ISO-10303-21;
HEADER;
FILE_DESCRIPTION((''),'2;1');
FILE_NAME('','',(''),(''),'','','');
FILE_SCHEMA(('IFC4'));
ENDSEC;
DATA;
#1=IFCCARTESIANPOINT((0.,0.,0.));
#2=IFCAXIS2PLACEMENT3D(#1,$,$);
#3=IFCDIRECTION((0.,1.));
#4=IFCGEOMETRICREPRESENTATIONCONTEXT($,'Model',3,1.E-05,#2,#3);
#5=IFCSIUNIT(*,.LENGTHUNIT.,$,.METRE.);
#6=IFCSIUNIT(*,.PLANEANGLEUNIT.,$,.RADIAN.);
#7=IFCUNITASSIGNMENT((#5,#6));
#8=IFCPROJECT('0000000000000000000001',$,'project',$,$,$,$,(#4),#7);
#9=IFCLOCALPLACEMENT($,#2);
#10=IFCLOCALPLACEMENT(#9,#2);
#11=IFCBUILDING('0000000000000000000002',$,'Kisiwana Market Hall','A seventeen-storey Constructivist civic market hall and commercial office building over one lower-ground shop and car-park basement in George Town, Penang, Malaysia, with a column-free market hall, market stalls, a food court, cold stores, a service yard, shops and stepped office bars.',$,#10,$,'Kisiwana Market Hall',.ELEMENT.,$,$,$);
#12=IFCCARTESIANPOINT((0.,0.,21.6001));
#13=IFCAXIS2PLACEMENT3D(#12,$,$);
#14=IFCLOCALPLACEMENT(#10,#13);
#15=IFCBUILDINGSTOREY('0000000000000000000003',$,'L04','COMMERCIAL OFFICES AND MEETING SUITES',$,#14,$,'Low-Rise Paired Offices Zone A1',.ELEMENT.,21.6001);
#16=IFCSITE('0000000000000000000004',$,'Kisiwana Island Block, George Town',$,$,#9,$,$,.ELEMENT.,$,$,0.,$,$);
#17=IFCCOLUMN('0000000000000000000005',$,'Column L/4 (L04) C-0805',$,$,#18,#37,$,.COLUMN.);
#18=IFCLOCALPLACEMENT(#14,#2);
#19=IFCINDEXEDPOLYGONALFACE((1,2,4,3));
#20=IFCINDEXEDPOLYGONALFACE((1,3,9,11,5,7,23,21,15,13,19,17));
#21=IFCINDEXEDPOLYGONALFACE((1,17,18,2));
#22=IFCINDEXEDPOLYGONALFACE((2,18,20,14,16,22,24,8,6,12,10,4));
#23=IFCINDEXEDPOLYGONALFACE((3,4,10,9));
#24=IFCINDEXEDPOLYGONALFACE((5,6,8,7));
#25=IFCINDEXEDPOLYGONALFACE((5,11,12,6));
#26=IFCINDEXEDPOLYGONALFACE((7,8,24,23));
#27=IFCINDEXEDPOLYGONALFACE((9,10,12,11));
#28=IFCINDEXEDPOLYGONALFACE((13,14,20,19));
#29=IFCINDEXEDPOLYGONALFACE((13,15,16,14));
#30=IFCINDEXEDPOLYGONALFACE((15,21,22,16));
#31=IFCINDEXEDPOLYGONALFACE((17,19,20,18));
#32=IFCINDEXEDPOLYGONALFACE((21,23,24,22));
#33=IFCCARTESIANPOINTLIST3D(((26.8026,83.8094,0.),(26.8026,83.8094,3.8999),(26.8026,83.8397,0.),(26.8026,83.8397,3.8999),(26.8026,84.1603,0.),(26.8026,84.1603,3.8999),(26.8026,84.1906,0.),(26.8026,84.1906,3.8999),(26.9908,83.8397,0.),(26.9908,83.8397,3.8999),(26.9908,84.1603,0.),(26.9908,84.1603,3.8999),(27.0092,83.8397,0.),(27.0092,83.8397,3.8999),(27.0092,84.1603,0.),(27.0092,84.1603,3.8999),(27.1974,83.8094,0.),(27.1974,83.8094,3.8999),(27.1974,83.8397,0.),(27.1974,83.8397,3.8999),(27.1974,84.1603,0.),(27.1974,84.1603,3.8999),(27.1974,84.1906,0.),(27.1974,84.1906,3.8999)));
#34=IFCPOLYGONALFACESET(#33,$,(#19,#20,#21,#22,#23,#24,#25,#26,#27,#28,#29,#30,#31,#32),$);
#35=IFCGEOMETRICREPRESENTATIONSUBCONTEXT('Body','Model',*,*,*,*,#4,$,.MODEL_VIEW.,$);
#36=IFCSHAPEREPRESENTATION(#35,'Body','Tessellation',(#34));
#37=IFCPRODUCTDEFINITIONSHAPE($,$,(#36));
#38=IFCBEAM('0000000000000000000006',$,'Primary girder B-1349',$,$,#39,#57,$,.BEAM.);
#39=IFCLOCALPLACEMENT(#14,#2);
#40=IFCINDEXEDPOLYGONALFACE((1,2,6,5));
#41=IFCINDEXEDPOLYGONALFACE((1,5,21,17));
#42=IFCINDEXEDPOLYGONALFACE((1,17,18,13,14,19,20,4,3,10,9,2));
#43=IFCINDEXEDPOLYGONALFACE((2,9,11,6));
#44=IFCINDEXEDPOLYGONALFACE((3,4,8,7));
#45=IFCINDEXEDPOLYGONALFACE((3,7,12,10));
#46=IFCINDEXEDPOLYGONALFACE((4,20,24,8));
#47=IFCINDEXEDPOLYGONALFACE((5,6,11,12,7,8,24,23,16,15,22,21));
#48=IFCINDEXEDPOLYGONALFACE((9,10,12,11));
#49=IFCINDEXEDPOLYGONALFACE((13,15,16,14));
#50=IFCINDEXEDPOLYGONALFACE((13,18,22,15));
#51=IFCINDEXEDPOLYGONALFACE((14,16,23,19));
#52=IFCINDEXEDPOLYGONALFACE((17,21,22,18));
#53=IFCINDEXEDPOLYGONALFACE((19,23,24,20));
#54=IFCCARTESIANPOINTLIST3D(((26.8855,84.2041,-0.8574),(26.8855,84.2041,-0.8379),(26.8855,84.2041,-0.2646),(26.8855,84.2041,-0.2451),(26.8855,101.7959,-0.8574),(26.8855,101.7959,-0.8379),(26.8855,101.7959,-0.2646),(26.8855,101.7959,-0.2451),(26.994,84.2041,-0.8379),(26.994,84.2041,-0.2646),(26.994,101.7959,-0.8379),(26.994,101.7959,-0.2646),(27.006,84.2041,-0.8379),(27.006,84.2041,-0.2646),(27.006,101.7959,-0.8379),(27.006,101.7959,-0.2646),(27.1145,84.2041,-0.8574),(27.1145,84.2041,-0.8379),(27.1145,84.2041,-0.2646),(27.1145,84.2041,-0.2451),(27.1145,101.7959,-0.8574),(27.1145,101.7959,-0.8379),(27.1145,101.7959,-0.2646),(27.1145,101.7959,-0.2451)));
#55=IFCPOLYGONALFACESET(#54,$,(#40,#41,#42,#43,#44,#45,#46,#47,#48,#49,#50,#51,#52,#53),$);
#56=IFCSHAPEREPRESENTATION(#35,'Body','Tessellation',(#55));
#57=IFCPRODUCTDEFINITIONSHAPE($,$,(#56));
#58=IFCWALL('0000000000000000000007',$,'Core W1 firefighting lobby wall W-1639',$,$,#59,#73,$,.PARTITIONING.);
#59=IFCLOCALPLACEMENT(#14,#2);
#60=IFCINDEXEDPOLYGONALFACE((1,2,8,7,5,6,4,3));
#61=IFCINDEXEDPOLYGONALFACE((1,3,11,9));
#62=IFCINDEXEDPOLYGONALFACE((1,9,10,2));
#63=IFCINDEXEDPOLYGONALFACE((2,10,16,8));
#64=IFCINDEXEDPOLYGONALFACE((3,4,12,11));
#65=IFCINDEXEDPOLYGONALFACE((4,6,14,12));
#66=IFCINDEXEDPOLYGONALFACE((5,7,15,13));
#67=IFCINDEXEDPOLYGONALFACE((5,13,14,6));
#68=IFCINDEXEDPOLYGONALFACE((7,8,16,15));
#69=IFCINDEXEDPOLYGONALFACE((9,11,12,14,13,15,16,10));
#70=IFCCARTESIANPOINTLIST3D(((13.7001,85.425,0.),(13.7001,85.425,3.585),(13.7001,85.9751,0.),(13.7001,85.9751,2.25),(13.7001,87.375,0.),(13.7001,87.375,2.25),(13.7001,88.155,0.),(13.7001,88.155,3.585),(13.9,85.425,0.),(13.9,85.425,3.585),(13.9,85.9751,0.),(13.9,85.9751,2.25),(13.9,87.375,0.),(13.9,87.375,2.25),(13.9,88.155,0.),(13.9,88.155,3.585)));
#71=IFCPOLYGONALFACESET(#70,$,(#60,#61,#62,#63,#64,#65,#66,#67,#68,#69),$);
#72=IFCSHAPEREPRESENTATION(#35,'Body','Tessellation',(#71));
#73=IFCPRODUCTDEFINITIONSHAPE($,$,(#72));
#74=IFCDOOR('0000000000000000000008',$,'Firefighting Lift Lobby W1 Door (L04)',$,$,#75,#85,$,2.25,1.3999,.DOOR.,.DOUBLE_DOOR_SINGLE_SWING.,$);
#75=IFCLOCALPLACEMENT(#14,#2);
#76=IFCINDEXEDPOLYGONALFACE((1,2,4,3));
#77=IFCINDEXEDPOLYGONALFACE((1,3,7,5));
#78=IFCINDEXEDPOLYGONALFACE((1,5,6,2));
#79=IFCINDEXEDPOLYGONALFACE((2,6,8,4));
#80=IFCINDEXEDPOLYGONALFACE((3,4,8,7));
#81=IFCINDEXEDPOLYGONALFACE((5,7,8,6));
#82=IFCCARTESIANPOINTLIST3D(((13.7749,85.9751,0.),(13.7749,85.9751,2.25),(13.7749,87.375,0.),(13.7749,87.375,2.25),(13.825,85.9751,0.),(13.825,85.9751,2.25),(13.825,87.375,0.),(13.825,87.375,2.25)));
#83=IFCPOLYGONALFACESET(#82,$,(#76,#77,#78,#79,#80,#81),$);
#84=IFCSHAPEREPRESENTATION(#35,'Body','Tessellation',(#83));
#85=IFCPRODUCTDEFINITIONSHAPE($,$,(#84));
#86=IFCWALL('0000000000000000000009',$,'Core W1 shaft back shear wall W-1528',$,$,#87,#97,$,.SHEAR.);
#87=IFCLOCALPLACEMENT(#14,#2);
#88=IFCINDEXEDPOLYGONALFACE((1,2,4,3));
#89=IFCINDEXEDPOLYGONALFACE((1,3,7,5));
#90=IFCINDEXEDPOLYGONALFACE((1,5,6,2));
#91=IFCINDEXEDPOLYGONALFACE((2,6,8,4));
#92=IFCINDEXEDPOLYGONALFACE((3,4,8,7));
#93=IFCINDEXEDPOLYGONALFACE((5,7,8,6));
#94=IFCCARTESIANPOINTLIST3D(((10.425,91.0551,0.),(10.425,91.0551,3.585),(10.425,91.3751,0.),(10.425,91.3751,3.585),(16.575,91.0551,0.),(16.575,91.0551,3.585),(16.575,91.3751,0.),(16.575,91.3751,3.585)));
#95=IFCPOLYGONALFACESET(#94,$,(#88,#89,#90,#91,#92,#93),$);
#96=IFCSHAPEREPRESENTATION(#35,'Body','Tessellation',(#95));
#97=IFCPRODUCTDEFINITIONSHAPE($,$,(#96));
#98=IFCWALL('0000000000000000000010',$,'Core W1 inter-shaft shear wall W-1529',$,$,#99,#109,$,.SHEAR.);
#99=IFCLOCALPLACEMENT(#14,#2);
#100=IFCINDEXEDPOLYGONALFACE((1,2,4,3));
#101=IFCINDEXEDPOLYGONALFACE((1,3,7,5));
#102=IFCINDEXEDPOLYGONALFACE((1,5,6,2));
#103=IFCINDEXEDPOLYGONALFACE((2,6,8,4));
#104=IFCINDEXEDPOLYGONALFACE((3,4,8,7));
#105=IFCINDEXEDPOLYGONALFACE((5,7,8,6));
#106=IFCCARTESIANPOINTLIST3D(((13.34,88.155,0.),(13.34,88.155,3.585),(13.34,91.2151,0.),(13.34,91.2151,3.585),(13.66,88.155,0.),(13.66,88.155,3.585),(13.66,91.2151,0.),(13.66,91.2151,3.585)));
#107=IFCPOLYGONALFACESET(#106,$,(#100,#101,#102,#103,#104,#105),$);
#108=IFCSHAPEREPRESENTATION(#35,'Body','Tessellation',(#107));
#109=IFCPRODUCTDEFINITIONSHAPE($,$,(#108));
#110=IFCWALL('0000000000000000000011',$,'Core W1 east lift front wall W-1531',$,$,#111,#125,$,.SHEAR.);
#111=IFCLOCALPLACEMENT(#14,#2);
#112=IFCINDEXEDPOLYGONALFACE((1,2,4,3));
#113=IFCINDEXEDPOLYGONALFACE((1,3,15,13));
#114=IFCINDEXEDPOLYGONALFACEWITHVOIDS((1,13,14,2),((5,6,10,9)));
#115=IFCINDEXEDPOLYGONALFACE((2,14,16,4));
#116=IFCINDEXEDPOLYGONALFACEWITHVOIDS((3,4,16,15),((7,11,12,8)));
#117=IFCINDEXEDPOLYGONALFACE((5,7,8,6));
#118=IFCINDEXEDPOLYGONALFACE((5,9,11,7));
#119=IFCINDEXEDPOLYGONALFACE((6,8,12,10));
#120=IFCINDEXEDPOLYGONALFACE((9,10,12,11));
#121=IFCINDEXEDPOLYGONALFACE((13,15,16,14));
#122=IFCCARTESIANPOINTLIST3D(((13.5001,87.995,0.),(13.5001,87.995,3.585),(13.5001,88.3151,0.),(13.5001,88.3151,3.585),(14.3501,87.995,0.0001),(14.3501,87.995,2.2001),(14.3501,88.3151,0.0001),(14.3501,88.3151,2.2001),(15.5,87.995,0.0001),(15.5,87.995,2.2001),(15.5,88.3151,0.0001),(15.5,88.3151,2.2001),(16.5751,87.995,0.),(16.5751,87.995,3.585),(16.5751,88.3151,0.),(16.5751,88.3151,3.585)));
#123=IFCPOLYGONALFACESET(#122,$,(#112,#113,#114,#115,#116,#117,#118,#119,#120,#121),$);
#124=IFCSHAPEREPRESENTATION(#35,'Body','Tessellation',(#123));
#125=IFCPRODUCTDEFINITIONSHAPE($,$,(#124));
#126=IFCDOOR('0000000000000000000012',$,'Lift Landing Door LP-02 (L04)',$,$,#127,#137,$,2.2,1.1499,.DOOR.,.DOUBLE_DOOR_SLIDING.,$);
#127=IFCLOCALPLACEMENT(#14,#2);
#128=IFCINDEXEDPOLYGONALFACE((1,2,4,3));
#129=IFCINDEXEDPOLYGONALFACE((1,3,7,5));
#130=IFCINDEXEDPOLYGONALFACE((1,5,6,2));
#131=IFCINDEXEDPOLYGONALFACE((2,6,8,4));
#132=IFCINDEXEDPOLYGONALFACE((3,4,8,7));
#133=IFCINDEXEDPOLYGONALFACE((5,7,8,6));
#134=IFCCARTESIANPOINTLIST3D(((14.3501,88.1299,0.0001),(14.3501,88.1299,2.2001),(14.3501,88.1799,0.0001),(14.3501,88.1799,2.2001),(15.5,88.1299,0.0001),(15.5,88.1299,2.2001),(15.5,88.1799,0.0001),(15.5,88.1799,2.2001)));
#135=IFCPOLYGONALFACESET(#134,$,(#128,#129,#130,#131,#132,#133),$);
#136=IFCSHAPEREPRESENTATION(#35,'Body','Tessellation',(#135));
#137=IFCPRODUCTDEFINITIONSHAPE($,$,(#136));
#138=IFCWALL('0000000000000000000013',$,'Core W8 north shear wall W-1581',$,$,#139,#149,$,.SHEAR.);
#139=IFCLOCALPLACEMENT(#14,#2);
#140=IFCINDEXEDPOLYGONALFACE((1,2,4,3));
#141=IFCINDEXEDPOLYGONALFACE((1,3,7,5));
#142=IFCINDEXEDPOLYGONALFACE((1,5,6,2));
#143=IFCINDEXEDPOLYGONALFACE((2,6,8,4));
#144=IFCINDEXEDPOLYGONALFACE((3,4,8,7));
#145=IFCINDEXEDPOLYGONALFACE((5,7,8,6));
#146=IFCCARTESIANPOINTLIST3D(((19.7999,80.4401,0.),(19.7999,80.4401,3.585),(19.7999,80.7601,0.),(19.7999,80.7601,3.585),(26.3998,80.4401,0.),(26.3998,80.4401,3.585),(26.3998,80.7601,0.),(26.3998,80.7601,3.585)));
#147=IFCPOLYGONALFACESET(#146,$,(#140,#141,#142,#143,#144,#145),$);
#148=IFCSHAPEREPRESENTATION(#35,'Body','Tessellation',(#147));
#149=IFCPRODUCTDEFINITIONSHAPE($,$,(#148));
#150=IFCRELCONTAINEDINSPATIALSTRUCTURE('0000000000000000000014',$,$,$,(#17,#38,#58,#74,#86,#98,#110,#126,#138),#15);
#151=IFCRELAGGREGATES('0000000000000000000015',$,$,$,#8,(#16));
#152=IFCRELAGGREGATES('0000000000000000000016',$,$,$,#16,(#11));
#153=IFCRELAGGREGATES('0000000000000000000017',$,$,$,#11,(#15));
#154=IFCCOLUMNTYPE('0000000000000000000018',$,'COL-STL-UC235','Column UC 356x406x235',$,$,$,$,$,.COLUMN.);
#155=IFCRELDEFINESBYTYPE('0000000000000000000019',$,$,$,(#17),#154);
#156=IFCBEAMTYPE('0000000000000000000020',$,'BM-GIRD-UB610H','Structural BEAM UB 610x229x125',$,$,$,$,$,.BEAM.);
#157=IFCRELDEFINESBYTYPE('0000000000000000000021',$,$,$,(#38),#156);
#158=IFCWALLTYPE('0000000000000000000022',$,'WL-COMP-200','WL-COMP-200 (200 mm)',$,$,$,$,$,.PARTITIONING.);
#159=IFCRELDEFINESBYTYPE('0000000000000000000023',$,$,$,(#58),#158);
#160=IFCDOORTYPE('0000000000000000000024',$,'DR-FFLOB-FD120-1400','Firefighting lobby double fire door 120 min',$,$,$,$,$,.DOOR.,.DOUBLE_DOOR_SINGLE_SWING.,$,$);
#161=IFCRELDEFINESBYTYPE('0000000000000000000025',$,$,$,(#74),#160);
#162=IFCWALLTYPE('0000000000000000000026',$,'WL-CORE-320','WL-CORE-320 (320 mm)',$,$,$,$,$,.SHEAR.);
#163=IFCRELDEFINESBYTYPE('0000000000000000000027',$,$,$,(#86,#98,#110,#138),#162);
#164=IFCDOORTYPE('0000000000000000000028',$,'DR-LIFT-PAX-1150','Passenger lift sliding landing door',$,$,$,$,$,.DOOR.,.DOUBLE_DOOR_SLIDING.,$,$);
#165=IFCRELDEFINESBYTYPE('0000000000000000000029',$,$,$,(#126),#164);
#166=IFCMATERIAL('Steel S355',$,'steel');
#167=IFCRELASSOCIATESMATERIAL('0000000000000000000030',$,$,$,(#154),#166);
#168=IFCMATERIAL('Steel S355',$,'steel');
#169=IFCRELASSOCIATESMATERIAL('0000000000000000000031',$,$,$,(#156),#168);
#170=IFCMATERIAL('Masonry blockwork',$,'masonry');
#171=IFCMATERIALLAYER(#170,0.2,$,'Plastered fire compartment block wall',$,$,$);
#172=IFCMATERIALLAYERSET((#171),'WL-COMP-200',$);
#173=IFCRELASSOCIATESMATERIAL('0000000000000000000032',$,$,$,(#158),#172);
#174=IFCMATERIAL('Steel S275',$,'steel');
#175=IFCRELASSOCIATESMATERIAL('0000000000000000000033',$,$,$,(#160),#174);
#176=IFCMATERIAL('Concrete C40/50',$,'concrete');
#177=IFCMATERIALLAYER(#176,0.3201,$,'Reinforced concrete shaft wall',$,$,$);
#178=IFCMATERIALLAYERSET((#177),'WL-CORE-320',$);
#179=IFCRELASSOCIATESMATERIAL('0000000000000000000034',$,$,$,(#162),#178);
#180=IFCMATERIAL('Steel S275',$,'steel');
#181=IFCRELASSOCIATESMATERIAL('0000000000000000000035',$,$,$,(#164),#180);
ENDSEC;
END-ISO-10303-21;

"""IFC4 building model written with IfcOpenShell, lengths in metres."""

from ifc_helpers import new_model, si_unit, direction, frame, frame_2d, origin, origin_2d, place, context, subcontext, project, spatial, rectangle, i_section, extrude, material, layer, layer_set, material_profile, profile_set, type_object, element, fill, save


model = new_model("IFC4")

# Units and contexts
model_context = context("Model", 3, precision=1e-05, world=origin(), true_north=direction((0.0, 1.0)))
body_context = subcontext(model_context, "Body", "Model", "MODEL_VIEW")
ifc_project = project(units=[si_unit("LENGTHUNIT", "METRE"), si_unit("PLANEANGLEUNIT", "RADIAN")], contexts=[model_context])

# Site, building, storey
site_placement = place(None, origin())
site = spatial("IfcSite", under=ifc_project, at=site_placement, Name="Kisiwana Island Block, George Town", CompositionType="ELEMENT", RefElevation=0.0)
building_placement = place(site_placement, origin())
building = spatial("IfcBuilding", under=site, at=building_placement, Name="Kisiwana Market Hall", Description="A seventeen-storey Constructivist civic market hall and commercial office building over one lower-ground shop and car-park basement in George Town, Penang, Malaysia, with a column-free market hall, market stalls, a food court, cold stores, a service yard, shops and stepped office bars.", LongName="Kisiwana Market Hall", CompositionType="ELEMENT")
storey_placement = place(building_placement, frame((0.0, 0.0, 21.6001)))
storey = spatial("IfcBuildingStorey", under=building, at=storey_placement, Name="L04", Description="COMMERCIAL OFFICES AND MEETING SUITES", LongName="Low-Rise Paired Offices Zone A1", CompositionType="ELEMENT", Elevation=21.6001)

# Column
ifc_material_1 = material(Name="Steel S355", Category="steel")
ifc_material_profile_1 = material_profile(ifc_material_1, i_section(OverallWidth=0.3948, OverallDepth=0.3811, WebThickness=0.0183, FlangeThickness=0.0303, at=origin_2d()), Name="UC 356x406x235")
ifc_profile_set_1 = profile_set([ifc_material_profile_1], Name="Steel S355")
column_type = type_object("IfcColumnType", Name="COL-STL-UC235", Description="Column UC 356x406x235", PredefinedType="COLUMN", material=ifc_profile_set_1)
column_placement = place(storey_placement, frame((27.0, 84.0, 0.0), z_axis=(0.0, 0.0, 1.0), x_axis=(1.0, 0.0, 0.0)))
element("IfcColumn", 1, at=column_placement, inside=storey, type_object=column_type, Name="Column L/4 (L04) C-0805", PredefinedType="COLUMN", context=body_context, shape_type="SweptSolid", body=[
    extrude(i_section(OverallWidth=0.3948, OverallDepth=0.3811, WebThickness=0.0183, FlangeThickness=0.0303, at=origin_2d()), origin(), (0.0, 0.0, 1.0), 3.8999),
])

# Beam
ifc_material_2 = material(Name="Steel S355", Category="steel")
ifc_material_profile_2 = material_profile(ifc_material_2, i_section(OverallWidth=0.229, OverallDepth=0.6123, WebThickness=0.012, FlangeThickness=0.0195, at=origin_2d()), Name="UB 610x229x125")
ifc_profile_set_2 = profile_set([ifc_material_profile_2], Name="Steel S355")
beam_type = type_object("IfcBeamType", Name="BM-GIRD-UB610H", Description="Structural BEAM UB 610x229x125", PredefinedType="BEAM", material=ifc_profile_set_2)
beam_placement = place(storey_placement, frame((27.0, 84.2041, -0.5513), z_axis=(0.0, 1.0, 0.0), x_axis=(-1.0, 0.0, 0.0)))
element("IfcBeam", 2, at=beam_placement, inside=storey, type_object=beam_type, Name="Primary girder B-1349", PredefinedType="BEAM", context=body_context, shape_type="SweptSolid", body=[
    extrude(i_section(OverallWidth=0.229, OverallDepth=0.6123, WebThickness=0.012, FlangeThickness=0.0195, at=origin_2d()), origin(), (0.0, 0.0, 1.0), 17.5918),
])

# Wall, opening, door
ifc_material_3 = material(Name="Masonry blockwork", Category="masonry")
ifc_layer_1 = layer(ifc_material_3, 0.2, Name="Plastered fire compartment block wall")
ifc_layer_set_1 = layer_set([ifc_layer_1], Name="WL-COMP-200")
wall_type_1 = type_object("IfcWallType", Name="WL-COMP-200", Description="WL-COMP-200 (200 mm)", PredefinedType="PARTITIONING", material=ifc_layer_set_1)
wall_1_placement = place(storey_placement, frame((13.8, 85.425, 0.0), z_axis=(0.0, 0.0, 1.0), x_axis=(0.0, 1.0, 0.0)))
wall_1 = element("IfcWall", 3, at=wall_1_placement, inside=storey, type_object=wall_type_1, Name="Core W1 firefighting lobby wall W-1639", PredefinedType="PARTITIONING", context=body_context, shape_type="SweptSolid", body=[
    extrude(rectangle(XDim=2.73, YDim=0.2, at=frame_2d((1.365, 0.0))), origin(), (0.0, 0.0, 1.0), 3.585),
])
opening_1_placement = place(wall_1_placement, frame((0.55, 0.0, 0.0)))
opening_1 = element("IfcOpeningElement", 4, at=opening_1_placement, cuts=wall_1, PredefinedType="OPENING", context=body_context, shape_type="SweptSolid", body=[
    extrude(rectangle(XDim=1.3999, YDim=2.25, at=frame_2d((0.7, 1.125))), frame((0.0, 0.1118, 0.0), z_axis=(0.0, -1.0, 0.0), x_axis=(1.0, 0.0, 0.0)), (0.0, 0.0, 1.0), 0.2239),
])
ifc_material_4 = material(Name="Steel S275", Category="steel")
door_type_1 = type_object("IfcDoorType", Name="DR-FFLOB-FD120-1400", Description="Firefighting lobby double fire door 120 min", OperationType="DOUBLE_DOOR_SINGLE_SWING", PredefinedType="DOOR", material=ifc_material_4)
door_1_placement = place(opening_1_placement, frame((1.3999, 0.0, 0.0), z_axis=(0.0, 0.0, 1.0), x_axis=(-1.0, 0.0, 0.0)))
door_1 = element("IfcDoor", 5, at=door_1_placement, inside=storey, type_object=door_type_1, Name="Firefighting Lift Lobby W1 Door (L04)", OperationType="DOUBLE_DOOR_SINGLE_SWING", OverallHeight=2.25, OverallWidth=1.3999, PredefinedType="DOOR", context=body_context, shape_type="SweptSolid", body=[
    extrude(rectangle(XDim=1.3999, YDim=2.25, at=frame_2d((0.7, 1.125))), frame((0.0, 0.0249, 0.0), z_axis=(0.0, -1.0, 0.0), x_axis=(1.0, 0.0, 0.0)), (0.0, 0.0, 1.0), 0.05),
])
fill(opening_1, door_1)

# Walls
ifc_material_5 = material(Name="Concrete C40/50", Category="concrete")
ifc_layer_2 = layer(ifc_material_5, 0.3201, Name="Reinforced concrete shaft wall")
ifc_layer_set_2 = layer_set([ifc_layer_2], Name="WL-CORE-320")
wall_type_2 = type_object("IfcWallType", Name="WL-CORE-320", Description="WL-CORE-320 (320 mm)", PredefinedType="SHEAR", material=ifc_layer_set_2)
wall_2_placement = place(storey_placement, frame((10.425, 91.2151, 0.0), z_axis=(0.0, 0.0, 1.0), x_axis=(1.0, 0.0, 0.0)))
element("IfcWall", 6, at=wall_2_placement, inside=storey, type_object=wall_type_2, Name="Core W1 shaft back shear wall W-1528", PredefinedType="SHEAR", context=body_context, shape_type="SweptSolid", body=[
    extrude(rectangle(XDim=6.1499, YDim=0.3201, at=frame_2d((3.075, 0.0))), origin(), (0.0, 0.0, 1.0), 3.585),
])
wall_3_placement = place(storey_placement, frame((13.5, 88.155, 0.0), z_axis=(0.0, 0.0, 1.0), x_axis=(0.0, 1.0, 0.0)))
element("IfcWall", 7, at=wall_3_placement, inside=storey, type_object=wall_type_2, Name="Core W1 inter-shaft shear wall W-1529", PredefinedType="SHEAR", context=body_context, shape_type="SweptSolid", body=[
    extrude(rectangle(XDim=3.0601, YDim=0.3201, at=frame_2d((1.53, 0.0))), origin(), (0.0, 0.0, 1.0), 3.585),
])

# Wall, opening, door
wall_4_placement = place(storey_placement, frame((13.5, 88.155, 0.0), z_axis=(0.0, 0.0, 1.0), x_axis=(1.0, 0.0, 0.0)))
wall_4 = element("IfcWall", 8, at=wall_4_placement, inside=storey, type_object=wall_type_2, Name="Core W1 east lift front wall W-1531", PredefinedType="SHEAR", context=body_context, shape_type="SweptSolid", body=[
    extrude(rectangle(XDim=3.075, YDim=0.3201, at=frame_2d((1.5376, 0.0))), origin(), (0.0, 0.0, 1.0), 3.585),
])
opening_2_placement = place(wall_4_placement, frame((0.8501, 0.0, 0.0)))
opening_2 = element("IfcOpeningElement", 9, at=opening_2_placement, cuts=wall_4, PredefinedType="OPENING", context=body_context, shape_type="SweptSolid", body=[
    extrude(rectangle(XDim=1.1499, YDim=2.2, at=frame_2d((0.575, 1.1001))), frame((0.0, 0.1719, 0.0), z_axis=(0.0, -1.0, 0.0), x_axis=(1.0, 0.0, 0.0)), (0.0, 0.0, 1.0), 0.344),
])
ifc_material_6 = material(Name="Steel S275", Category="steel")
door_type_2 = type_object("IfcDoorType", Name="DR-LIFT-PAX-1150", Description="Passenger lift sliding landing door", OperationType="DOUBLE_DOOR_SLIDING", PredefinedType="DOOR", material=ifc_material_6)
door_2_placement = place(opening_2_placement, origin())
door_2 = element("IfcDoor", 10, at=door_2_placement, inside=storey, type_object=door_type_2, Name="Lift Landing Door LP-02 (L04)", OperationType="DOUBLE_DOOR_SLIDING", OverallHeight=2.2, OverallWidth=1.1499, PredefinedType="DOOR", context=body_context, shape_type="SweptSolid", body=[
    extrude(rectangle(XDim=1.1499, YDim=2.2, at=frame_2d((0.575, 1.1001))), frame((0.0, 0.0249, 0.0), z_axis=(0.0, -1.0, 0.0), x_axis=(1.0, 0.0, 0.0)), (0.0, 0.0, 1.0), 0.05),
])
fill(opening_2, door_2)

# Wall
wall_5_placement = place(storey_placement, frame((19.8, 80.6001, 0.0), z_axis=(0.0, 0.0, 1.0), x_axis=(1.0, 0.0, 0.0)))
element("IfcWall", 11, at=wall_5_placement, inside=storey, type_object=wall_type_2, Name="Core W8 north shear wall W-1581", PredefinedType="SHEAR", context=body_context, shape_type="SweptSolid", body=[
    extrude(rectangle(XDim=6.5999, YDim=0.3201, at=frame_2d((3.2998, 0.0))), origin(), (0.0, 0.0, 1.0), 3.585),
])

save(model, "model.ifc")
